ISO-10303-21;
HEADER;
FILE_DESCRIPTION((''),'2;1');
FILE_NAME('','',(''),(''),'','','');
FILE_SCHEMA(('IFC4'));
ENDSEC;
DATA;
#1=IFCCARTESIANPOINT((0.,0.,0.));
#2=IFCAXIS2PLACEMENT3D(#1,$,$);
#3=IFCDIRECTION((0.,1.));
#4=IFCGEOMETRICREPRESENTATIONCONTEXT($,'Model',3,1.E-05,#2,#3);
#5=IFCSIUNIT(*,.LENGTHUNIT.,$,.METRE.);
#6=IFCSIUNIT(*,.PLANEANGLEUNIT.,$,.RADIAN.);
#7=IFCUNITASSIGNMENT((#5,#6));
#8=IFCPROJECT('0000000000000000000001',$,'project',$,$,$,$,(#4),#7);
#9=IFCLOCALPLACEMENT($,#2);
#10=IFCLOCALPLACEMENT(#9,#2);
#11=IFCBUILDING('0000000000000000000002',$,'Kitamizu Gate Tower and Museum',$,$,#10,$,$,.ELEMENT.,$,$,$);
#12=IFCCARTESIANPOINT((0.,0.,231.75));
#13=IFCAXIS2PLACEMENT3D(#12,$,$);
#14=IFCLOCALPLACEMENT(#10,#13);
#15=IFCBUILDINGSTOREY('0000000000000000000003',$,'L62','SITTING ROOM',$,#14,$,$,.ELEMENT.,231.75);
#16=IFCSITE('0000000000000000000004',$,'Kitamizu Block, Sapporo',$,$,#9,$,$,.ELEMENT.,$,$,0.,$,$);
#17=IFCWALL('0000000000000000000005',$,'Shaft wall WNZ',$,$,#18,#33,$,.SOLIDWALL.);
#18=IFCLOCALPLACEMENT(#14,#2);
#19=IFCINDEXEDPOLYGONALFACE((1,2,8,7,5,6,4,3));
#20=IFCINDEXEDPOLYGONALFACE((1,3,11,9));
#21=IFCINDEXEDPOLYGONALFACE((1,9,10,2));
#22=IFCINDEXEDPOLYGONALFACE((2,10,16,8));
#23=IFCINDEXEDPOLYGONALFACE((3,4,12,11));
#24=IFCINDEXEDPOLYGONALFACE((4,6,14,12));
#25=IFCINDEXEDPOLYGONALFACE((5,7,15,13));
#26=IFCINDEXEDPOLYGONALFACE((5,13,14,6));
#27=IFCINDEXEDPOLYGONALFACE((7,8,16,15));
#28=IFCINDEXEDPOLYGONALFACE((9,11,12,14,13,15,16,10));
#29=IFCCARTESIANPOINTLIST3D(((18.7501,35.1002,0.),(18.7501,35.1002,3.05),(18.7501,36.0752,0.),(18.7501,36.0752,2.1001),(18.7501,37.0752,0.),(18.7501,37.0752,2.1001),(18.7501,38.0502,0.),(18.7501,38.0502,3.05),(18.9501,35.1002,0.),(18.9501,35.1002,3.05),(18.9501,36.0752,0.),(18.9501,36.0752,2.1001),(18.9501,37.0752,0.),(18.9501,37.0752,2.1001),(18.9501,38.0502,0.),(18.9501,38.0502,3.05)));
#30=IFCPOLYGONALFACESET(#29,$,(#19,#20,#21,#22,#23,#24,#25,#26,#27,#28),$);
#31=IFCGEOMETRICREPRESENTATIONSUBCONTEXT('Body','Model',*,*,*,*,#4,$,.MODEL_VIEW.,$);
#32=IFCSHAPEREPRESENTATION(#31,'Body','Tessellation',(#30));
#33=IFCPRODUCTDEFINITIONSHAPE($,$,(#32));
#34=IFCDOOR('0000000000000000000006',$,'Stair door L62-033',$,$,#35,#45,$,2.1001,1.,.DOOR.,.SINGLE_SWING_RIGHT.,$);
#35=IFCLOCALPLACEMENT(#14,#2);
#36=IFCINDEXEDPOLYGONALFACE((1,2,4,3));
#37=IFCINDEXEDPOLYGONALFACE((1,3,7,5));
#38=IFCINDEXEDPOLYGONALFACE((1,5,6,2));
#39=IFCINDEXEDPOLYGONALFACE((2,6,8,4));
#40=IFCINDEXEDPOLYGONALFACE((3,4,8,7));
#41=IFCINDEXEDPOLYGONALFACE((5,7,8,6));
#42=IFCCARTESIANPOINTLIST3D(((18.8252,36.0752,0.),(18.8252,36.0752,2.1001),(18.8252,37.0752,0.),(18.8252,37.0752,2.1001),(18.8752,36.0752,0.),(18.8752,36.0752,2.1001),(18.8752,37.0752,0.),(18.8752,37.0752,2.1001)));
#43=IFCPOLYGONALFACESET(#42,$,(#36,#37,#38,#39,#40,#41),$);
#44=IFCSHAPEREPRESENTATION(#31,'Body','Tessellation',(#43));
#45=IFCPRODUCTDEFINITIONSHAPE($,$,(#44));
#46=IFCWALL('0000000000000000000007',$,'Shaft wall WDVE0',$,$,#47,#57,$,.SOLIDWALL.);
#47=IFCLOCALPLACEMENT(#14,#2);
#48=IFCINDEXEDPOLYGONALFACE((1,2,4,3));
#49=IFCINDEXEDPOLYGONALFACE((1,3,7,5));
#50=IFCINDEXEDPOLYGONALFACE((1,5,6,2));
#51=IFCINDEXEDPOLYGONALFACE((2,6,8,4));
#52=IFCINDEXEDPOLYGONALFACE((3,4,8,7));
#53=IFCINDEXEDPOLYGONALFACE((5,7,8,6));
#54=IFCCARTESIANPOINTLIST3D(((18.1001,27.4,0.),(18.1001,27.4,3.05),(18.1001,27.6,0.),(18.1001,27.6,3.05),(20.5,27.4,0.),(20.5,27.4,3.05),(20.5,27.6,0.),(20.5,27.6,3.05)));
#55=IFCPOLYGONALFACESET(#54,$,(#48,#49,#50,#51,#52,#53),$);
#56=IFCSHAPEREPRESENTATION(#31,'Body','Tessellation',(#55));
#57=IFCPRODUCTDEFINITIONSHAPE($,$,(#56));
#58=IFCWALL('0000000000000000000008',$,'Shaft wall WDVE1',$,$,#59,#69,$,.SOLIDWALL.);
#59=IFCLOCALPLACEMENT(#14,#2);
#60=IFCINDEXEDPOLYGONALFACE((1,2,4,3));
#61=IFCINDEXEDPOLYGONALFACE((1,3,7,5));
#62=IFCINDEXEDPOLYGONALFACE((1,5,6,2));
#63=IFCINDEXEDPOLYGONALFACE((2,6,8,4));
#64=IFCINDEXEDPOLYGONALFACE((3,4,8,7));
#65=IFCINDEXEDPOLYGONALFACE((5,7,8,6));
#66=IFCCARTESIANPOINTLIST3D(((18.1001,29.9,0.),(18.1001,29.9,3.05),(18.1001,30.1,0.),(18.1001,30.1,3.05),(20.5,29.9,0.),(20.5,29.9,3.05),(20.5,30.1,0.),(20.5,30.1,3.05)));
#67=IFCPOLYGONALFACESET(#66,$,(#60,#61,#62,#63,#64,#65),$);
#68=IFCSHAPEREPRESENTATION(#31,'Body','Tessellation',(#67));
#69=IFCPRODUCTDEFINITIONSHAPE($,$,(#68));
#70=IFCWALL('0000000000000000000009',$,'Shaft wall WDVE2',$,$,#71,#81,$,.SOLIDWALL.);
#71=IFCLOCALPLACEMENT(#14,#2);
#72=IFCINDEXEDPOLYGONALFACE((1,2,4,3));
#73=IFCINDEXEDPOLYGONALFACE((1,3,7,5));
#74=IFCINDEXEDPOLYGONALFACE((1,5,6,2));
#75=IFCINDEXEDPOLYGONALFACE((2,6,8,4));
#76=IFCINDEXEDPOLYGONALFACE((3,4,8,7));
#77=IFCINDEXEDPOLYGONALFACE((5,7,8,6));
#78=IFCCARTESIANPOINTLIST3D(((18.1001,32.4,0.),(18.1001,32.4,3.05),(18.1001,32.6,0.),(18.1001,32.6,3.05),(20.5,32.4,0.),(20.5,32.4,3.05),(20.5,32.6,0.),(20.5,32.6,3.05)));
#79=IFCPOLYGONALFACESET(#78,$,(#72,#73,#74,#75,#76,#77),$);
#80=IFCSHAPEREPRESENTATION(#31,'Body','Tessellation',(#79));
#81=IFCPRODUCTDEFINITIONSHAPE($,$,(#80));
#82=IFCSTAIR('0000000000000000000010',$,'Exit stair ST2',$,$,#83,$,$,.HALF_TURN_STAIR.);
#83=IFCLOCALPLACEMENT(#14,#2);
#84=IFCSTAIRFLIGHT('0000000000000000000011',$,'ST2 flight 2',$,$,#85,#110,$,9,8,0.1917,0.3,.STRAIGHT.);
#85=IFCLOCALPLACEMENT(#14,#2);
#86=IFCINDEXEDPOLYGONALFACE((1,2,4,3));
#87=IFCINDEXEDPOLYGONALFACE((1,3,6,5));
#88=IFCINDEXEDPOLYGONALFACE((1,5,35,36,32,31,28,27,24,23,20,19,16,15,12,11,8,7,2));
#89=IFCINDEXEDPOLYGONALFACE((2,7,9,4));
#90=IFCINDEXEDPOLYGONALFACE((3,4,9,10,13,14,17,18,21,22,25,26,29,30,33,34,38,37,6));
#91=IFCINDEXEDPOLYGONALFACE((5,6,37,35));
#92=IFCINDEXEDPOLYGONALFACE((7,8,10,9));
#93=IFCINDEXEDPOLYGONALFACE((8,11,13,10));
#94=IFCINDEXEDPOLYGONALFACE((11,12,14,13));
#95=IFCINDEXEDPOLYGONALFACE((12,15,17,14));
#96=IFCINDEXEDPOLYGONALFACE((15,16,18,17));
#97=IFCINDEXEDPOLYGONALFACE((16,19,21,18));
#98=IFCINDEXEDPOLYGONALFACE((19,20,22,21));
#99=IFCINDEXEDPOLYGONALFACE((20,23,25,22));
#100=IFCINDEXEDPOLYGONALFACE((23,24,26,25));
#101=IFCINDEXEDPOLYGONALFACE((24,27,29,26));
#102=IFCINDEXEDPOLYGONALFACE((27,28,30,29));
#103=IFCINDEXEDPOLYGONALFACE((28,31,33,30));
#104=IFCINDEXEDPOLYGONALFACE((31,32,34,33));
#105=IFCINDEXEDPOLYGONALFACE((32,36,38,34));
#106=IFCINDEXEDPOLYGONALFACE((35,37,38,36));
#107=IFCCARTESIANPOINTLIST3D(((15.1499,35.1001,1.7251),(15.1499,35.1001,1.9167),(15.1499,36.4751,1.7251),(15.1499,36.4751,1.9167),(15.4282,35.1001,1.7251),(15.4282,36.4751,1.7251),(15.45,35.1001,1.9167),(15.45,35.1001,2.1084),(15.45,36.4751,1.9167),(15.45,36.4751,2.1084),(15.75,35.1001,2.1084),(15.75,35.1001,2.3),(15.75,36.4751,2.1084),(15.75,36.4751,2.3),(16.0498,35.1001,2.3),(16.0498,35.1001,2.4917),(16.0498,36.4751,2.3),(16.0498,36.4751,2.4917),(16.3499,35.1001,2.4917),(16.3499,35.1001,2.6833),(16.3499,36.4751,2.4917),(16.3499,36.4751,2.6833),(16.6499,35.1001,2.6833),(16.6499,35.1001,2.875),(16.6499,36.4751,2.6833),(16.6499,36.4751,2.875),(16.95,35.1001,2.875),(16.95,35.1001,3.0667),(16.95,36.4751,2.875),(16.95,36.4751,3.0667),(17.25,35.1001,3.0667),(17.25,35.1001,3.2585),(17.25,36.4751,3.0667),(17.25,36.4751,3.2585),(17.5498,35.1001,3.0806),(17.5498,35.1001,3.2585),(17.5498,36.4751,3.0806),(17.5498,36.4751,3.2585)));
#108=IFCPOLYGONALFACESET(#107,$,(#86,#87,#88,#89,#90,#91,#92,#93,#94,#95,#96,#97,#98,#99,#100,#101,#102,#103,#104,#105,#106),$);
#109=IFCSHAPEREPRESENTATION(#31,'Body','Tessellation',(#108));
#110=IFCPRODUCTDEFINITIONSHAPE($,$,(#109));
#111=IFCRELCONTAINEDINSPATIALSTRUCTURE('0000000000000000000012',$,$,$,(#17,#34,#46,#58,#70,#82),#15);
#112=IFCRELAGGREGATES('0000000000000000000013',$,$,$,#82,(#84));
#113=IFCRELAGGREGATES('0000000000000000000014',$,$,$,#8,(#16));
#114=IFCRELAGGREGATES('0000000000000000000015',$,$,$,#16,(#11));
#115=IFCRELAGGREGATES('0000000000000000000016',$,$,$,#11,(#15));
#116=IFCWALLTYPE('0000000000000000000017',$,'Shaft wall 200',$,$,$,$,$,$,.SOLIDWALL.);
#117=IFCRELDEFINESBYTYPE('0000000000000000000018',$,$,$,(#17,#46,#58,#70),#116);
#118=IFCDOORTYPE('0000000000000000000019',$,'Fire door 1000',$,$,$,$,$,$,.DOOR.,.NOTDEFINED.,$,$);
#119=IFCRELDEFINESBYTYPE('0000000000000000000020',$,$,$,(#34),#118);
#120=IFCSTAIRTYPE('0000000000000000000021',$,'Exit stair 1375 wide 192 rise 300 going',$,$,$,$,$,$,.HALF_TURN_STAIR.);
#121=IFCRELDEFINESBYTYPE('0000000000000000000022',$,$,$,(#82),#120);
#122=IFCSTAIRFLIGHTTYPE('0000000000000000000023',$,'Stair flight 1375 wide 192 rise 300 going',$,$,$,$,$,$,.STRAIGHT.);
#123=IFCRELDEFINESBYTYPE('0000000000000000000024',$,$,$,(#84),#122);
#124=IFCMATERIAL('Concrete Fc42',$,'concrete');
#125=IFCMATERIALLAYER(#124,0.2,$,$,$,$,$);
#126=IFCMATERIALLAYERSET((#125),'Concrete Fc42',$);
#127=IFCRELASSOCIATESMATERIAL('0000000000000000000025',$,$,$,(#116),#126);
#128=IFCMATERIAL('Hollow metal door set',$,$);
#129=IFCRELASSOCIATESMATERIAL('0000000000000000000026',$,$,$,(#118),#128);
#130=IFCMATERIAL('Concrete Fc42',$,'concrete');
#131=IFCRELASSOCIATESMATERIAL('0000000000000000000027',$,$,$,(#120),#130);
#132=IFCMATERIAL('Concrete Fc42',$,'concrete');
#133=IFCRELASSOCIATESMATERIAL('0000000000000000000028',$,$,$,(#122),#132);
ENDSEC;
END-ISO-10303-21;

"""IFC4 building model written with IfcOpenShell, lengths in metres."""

from ifc_helpers import new_model, si_unit, direction, frame, frame_2d, origin, place, context, subcontext, project, spatial, polyline, rectangle, outline, extrude, material, layer, layer_set, type_object, element, fill, aggregate, save


model = new_model("IFC4")

# Units and contexts
model_context = context("Model", 3, precision=1e-05, world=origin(), true_north=direction((0.0, 1.0)))
body_context = subcontext(model_context, "Body", "Model", "MODEL_VIEW")
ifc_project = project(units=[si_unit("LENGTHUNIT", "METRE"), si_unit("PLANEANGLEUNIT", "RADIAN")], contexts=[model_context])

# Site, building, storey
site_placement = place(None, origin())
site = spatial("IfcSite", under=ifc_project, at=site_placement, Name="Kitamizu Block, Sapporo", CompositionType="ELEMENT", RefElevation=0.0)
building_placement = place(site_placement, origin())
building = spatial("IfcBuilding", under=site, at=building_placement, Name="Kitamizu Gate Tower and Museum", CompositionType="ELEMENT")
storey_placement = place(building_placement, frame((0.0, 0.0, 231.75)))
storey = spatial("IfcBuildingStorey", under=building, at=storey_placement, Name="L62", Description="SITTING ROOM", CompositionType="ELEMENT", Elevation=231.75)

# Shared definitions
ifc_material_1 = material(Name="Concrete Fc42", Category="concrete")
ifc_layer_1 = layer(ifc_material_1, 0.2)
ifc_layer_set_1 = layer_set([ifc_layer_1], Name="Concrete Fc42")
wall_type_1 = type_object("IfcWallType", Name="Shaft wall 200", PredefinedType="SOLIDWALL", material=ifc_layer_set_1)

# Wall, opening, door
wall_1_placement = place(storey_placement, frame((18.8501, 35.1001, 0.0), z_axis=(0.0, 0.0, 1.0), x_axis=(0.0, 1.0, 0.0)))
wall_1 = element("IfcWall", 1, at=wall_1_placement, inside=storey, type_object=wall_type_1, Name="Shaft wall WNZ", PredefinedType="SOLIDWALL", context=body_context, shape_type="SweptSolid", body=[
    extrude(rectangle(XDim=2.95, YDim=0.2, at=frame_2d((1.4751, 0.0))), origin(), (0.0, 0.0, 1.0), 3.05),
])
opening_1_placement = place(wall_1_placement, frame((0.9751, 0.0, 0.0)))
opening_1 = element("IfcOpeningElement", 2, at=opening_1_placement, cuts=wall_1, PredefinedType="OPENING", context=body_context, shape_type="SweptSolid", body=[
    extrude(rectangle(XDim=1.0, YDim=2.1001, at=frame_2d((0.5, 1.05))), frame((0.0, 0.1099, 0.0), z_axis=(0.0, -1.0, 0.0), x_axis=(1.0, 0.0, 0.0)), (0.0, 0.0, 1.0), 0.22),
])
ifc_material_2 = material(Name="Hollow metal door set")
door_type_1 = type_object("IfcDoorType", Name="Fire door 1000", OperationType="NOTDEFINED", PredefinedType="DOOR", material=ifc_material_2)
door_1_placement = place(opening_1_placement, origin())
door_1 = element("IfcDoor", 3, at=door_1_placement, inside=storey, type_object=door_type_1, Name="Stair door L62-033", OperationType="SINGLE_SWING_RIGHT", OverallHeight=2.1001, OverallWidth=1.0, PredefinedType="DOOR", context=body_context, shape_type="SweptSolid", body=[
    extrude(rectangle(XDim=1.0, YDim=2.1001, at=frame_2d((0.5, 1.05))), frame((0.0, 0.0249, 0.0), z_axis=(0.0, -1.0, 0.0), x_axis=(1.0, 0.0, 0.0)), (0.0, 0.0, 1.0), 0.05),
])
fill(opening_1, door_1)

# Walls
for number, where, z_axis, x_axis, name in (
    (4, (18.1001, 27.5, 0.0), (0.0, 0.0, 1.0), (1.0, 0.0, 0.0), "Shaft wall WDVE0"),
    (5, (18.1001, 30.0, 0.0), (0.0, 0.0, 1.0), (1.0, 0.0, 0.0), "Shaft wall WDVE1"),
    (6, (18.1001, 32.5, 0.0), (0.0, 0.0, 1.0), (1.0, 0.0, 0.0), "Shaft wall WDVE2"),
):
    element("IfcWall", number, at=place(storey_placement, frame(where, z_axis=z_axis, x_axis=x_axis)), inside=storey, type_object=wall_type_1, Name=name, PredefinedType="SOLIDWALL", context=body_context, shape_type="SweptSolid", body=[
        extrude(rectangle(XDim=2.3999, YDim=0.2, at=frame_2d((1.2, 0.0))), origin(), (0.0, 0.0, 1.0), 3.05),
    ])

# Stair, stair flight
ifc_material_3 = material(Name="Concrete Fc42", Category="concrete")
stair_type = type_object("IfcStairType", Name="Exit stair 1375 wide 192 rise 300 going", PredefinedType="HALF_TURN_STAIR", material=ifc_material_3)
stair_placement = place(storey_placement, origin())
stair = element("IfcStair", 7, at=stair_placement, inside=storey, type_object=stair_type, Name="Exit stair ST2", PredefinedType="HALF_TURN_STAIR")
ifc_material_4 = material(Name="Concrete Fc42", Category="concrete")
stair_flight_type = type_object("IfcStairFlightType", Name="Stair flight 1375 wide 192 rise 300 going", PredefinedType="STRAIGHT", material=ifc_material_4)
stair_flight_placement = place(storey_placement, frame((15.1499, 35.7876, 1.7251), z_axis=(0.0, 0.0, 1.0), x_axis=(1.0, 0.0, 0.0)))
stair_flight = element("IfcStairFlight", 8, at=stair_flight_placement, type_object=stair_flight_type, Name="ST2 flight 2", NumberOfRisers=9, NumberOfTreads=8, PredefinedType="STRAIGHT", RiserHeight=0.1917, TreadLength=0.3, context=body_context, shape_type="SweptSolid", body=[
    extrude(outline(polyline([(0.0, 0.0), (0.0, 0.1917), (0.3, 0.1917), (0.3, 0.3833), (0.6001, 0.3833), (0.6001, 0.575), (0.8999, 0.575), (0.8999, 0.7666), (1.2, 0.7666), (1.2, 0.9583), (1.5, 0.9583), (1.5, 1.1499), (1.8, 1.1499), (1.8, 1.3416), (2.1001, 1.3416), (2.1001, 1.5334), (2.3999, 1.5334), (2.3999, 1.7251), (2.3999, 1.3555), (0.2783, 0.0), (0.0, 0.0)])), frame((0.0, 0.6875, 0.0), z_axis=(0.0, -1.0, 0.0), x_axis=(1.0, 0.0, 0.0)), (0.0, 0.0, 1.0), 1.375),
])
aggregate(stair, [stair_flight])

save(model, "model.ifc")
